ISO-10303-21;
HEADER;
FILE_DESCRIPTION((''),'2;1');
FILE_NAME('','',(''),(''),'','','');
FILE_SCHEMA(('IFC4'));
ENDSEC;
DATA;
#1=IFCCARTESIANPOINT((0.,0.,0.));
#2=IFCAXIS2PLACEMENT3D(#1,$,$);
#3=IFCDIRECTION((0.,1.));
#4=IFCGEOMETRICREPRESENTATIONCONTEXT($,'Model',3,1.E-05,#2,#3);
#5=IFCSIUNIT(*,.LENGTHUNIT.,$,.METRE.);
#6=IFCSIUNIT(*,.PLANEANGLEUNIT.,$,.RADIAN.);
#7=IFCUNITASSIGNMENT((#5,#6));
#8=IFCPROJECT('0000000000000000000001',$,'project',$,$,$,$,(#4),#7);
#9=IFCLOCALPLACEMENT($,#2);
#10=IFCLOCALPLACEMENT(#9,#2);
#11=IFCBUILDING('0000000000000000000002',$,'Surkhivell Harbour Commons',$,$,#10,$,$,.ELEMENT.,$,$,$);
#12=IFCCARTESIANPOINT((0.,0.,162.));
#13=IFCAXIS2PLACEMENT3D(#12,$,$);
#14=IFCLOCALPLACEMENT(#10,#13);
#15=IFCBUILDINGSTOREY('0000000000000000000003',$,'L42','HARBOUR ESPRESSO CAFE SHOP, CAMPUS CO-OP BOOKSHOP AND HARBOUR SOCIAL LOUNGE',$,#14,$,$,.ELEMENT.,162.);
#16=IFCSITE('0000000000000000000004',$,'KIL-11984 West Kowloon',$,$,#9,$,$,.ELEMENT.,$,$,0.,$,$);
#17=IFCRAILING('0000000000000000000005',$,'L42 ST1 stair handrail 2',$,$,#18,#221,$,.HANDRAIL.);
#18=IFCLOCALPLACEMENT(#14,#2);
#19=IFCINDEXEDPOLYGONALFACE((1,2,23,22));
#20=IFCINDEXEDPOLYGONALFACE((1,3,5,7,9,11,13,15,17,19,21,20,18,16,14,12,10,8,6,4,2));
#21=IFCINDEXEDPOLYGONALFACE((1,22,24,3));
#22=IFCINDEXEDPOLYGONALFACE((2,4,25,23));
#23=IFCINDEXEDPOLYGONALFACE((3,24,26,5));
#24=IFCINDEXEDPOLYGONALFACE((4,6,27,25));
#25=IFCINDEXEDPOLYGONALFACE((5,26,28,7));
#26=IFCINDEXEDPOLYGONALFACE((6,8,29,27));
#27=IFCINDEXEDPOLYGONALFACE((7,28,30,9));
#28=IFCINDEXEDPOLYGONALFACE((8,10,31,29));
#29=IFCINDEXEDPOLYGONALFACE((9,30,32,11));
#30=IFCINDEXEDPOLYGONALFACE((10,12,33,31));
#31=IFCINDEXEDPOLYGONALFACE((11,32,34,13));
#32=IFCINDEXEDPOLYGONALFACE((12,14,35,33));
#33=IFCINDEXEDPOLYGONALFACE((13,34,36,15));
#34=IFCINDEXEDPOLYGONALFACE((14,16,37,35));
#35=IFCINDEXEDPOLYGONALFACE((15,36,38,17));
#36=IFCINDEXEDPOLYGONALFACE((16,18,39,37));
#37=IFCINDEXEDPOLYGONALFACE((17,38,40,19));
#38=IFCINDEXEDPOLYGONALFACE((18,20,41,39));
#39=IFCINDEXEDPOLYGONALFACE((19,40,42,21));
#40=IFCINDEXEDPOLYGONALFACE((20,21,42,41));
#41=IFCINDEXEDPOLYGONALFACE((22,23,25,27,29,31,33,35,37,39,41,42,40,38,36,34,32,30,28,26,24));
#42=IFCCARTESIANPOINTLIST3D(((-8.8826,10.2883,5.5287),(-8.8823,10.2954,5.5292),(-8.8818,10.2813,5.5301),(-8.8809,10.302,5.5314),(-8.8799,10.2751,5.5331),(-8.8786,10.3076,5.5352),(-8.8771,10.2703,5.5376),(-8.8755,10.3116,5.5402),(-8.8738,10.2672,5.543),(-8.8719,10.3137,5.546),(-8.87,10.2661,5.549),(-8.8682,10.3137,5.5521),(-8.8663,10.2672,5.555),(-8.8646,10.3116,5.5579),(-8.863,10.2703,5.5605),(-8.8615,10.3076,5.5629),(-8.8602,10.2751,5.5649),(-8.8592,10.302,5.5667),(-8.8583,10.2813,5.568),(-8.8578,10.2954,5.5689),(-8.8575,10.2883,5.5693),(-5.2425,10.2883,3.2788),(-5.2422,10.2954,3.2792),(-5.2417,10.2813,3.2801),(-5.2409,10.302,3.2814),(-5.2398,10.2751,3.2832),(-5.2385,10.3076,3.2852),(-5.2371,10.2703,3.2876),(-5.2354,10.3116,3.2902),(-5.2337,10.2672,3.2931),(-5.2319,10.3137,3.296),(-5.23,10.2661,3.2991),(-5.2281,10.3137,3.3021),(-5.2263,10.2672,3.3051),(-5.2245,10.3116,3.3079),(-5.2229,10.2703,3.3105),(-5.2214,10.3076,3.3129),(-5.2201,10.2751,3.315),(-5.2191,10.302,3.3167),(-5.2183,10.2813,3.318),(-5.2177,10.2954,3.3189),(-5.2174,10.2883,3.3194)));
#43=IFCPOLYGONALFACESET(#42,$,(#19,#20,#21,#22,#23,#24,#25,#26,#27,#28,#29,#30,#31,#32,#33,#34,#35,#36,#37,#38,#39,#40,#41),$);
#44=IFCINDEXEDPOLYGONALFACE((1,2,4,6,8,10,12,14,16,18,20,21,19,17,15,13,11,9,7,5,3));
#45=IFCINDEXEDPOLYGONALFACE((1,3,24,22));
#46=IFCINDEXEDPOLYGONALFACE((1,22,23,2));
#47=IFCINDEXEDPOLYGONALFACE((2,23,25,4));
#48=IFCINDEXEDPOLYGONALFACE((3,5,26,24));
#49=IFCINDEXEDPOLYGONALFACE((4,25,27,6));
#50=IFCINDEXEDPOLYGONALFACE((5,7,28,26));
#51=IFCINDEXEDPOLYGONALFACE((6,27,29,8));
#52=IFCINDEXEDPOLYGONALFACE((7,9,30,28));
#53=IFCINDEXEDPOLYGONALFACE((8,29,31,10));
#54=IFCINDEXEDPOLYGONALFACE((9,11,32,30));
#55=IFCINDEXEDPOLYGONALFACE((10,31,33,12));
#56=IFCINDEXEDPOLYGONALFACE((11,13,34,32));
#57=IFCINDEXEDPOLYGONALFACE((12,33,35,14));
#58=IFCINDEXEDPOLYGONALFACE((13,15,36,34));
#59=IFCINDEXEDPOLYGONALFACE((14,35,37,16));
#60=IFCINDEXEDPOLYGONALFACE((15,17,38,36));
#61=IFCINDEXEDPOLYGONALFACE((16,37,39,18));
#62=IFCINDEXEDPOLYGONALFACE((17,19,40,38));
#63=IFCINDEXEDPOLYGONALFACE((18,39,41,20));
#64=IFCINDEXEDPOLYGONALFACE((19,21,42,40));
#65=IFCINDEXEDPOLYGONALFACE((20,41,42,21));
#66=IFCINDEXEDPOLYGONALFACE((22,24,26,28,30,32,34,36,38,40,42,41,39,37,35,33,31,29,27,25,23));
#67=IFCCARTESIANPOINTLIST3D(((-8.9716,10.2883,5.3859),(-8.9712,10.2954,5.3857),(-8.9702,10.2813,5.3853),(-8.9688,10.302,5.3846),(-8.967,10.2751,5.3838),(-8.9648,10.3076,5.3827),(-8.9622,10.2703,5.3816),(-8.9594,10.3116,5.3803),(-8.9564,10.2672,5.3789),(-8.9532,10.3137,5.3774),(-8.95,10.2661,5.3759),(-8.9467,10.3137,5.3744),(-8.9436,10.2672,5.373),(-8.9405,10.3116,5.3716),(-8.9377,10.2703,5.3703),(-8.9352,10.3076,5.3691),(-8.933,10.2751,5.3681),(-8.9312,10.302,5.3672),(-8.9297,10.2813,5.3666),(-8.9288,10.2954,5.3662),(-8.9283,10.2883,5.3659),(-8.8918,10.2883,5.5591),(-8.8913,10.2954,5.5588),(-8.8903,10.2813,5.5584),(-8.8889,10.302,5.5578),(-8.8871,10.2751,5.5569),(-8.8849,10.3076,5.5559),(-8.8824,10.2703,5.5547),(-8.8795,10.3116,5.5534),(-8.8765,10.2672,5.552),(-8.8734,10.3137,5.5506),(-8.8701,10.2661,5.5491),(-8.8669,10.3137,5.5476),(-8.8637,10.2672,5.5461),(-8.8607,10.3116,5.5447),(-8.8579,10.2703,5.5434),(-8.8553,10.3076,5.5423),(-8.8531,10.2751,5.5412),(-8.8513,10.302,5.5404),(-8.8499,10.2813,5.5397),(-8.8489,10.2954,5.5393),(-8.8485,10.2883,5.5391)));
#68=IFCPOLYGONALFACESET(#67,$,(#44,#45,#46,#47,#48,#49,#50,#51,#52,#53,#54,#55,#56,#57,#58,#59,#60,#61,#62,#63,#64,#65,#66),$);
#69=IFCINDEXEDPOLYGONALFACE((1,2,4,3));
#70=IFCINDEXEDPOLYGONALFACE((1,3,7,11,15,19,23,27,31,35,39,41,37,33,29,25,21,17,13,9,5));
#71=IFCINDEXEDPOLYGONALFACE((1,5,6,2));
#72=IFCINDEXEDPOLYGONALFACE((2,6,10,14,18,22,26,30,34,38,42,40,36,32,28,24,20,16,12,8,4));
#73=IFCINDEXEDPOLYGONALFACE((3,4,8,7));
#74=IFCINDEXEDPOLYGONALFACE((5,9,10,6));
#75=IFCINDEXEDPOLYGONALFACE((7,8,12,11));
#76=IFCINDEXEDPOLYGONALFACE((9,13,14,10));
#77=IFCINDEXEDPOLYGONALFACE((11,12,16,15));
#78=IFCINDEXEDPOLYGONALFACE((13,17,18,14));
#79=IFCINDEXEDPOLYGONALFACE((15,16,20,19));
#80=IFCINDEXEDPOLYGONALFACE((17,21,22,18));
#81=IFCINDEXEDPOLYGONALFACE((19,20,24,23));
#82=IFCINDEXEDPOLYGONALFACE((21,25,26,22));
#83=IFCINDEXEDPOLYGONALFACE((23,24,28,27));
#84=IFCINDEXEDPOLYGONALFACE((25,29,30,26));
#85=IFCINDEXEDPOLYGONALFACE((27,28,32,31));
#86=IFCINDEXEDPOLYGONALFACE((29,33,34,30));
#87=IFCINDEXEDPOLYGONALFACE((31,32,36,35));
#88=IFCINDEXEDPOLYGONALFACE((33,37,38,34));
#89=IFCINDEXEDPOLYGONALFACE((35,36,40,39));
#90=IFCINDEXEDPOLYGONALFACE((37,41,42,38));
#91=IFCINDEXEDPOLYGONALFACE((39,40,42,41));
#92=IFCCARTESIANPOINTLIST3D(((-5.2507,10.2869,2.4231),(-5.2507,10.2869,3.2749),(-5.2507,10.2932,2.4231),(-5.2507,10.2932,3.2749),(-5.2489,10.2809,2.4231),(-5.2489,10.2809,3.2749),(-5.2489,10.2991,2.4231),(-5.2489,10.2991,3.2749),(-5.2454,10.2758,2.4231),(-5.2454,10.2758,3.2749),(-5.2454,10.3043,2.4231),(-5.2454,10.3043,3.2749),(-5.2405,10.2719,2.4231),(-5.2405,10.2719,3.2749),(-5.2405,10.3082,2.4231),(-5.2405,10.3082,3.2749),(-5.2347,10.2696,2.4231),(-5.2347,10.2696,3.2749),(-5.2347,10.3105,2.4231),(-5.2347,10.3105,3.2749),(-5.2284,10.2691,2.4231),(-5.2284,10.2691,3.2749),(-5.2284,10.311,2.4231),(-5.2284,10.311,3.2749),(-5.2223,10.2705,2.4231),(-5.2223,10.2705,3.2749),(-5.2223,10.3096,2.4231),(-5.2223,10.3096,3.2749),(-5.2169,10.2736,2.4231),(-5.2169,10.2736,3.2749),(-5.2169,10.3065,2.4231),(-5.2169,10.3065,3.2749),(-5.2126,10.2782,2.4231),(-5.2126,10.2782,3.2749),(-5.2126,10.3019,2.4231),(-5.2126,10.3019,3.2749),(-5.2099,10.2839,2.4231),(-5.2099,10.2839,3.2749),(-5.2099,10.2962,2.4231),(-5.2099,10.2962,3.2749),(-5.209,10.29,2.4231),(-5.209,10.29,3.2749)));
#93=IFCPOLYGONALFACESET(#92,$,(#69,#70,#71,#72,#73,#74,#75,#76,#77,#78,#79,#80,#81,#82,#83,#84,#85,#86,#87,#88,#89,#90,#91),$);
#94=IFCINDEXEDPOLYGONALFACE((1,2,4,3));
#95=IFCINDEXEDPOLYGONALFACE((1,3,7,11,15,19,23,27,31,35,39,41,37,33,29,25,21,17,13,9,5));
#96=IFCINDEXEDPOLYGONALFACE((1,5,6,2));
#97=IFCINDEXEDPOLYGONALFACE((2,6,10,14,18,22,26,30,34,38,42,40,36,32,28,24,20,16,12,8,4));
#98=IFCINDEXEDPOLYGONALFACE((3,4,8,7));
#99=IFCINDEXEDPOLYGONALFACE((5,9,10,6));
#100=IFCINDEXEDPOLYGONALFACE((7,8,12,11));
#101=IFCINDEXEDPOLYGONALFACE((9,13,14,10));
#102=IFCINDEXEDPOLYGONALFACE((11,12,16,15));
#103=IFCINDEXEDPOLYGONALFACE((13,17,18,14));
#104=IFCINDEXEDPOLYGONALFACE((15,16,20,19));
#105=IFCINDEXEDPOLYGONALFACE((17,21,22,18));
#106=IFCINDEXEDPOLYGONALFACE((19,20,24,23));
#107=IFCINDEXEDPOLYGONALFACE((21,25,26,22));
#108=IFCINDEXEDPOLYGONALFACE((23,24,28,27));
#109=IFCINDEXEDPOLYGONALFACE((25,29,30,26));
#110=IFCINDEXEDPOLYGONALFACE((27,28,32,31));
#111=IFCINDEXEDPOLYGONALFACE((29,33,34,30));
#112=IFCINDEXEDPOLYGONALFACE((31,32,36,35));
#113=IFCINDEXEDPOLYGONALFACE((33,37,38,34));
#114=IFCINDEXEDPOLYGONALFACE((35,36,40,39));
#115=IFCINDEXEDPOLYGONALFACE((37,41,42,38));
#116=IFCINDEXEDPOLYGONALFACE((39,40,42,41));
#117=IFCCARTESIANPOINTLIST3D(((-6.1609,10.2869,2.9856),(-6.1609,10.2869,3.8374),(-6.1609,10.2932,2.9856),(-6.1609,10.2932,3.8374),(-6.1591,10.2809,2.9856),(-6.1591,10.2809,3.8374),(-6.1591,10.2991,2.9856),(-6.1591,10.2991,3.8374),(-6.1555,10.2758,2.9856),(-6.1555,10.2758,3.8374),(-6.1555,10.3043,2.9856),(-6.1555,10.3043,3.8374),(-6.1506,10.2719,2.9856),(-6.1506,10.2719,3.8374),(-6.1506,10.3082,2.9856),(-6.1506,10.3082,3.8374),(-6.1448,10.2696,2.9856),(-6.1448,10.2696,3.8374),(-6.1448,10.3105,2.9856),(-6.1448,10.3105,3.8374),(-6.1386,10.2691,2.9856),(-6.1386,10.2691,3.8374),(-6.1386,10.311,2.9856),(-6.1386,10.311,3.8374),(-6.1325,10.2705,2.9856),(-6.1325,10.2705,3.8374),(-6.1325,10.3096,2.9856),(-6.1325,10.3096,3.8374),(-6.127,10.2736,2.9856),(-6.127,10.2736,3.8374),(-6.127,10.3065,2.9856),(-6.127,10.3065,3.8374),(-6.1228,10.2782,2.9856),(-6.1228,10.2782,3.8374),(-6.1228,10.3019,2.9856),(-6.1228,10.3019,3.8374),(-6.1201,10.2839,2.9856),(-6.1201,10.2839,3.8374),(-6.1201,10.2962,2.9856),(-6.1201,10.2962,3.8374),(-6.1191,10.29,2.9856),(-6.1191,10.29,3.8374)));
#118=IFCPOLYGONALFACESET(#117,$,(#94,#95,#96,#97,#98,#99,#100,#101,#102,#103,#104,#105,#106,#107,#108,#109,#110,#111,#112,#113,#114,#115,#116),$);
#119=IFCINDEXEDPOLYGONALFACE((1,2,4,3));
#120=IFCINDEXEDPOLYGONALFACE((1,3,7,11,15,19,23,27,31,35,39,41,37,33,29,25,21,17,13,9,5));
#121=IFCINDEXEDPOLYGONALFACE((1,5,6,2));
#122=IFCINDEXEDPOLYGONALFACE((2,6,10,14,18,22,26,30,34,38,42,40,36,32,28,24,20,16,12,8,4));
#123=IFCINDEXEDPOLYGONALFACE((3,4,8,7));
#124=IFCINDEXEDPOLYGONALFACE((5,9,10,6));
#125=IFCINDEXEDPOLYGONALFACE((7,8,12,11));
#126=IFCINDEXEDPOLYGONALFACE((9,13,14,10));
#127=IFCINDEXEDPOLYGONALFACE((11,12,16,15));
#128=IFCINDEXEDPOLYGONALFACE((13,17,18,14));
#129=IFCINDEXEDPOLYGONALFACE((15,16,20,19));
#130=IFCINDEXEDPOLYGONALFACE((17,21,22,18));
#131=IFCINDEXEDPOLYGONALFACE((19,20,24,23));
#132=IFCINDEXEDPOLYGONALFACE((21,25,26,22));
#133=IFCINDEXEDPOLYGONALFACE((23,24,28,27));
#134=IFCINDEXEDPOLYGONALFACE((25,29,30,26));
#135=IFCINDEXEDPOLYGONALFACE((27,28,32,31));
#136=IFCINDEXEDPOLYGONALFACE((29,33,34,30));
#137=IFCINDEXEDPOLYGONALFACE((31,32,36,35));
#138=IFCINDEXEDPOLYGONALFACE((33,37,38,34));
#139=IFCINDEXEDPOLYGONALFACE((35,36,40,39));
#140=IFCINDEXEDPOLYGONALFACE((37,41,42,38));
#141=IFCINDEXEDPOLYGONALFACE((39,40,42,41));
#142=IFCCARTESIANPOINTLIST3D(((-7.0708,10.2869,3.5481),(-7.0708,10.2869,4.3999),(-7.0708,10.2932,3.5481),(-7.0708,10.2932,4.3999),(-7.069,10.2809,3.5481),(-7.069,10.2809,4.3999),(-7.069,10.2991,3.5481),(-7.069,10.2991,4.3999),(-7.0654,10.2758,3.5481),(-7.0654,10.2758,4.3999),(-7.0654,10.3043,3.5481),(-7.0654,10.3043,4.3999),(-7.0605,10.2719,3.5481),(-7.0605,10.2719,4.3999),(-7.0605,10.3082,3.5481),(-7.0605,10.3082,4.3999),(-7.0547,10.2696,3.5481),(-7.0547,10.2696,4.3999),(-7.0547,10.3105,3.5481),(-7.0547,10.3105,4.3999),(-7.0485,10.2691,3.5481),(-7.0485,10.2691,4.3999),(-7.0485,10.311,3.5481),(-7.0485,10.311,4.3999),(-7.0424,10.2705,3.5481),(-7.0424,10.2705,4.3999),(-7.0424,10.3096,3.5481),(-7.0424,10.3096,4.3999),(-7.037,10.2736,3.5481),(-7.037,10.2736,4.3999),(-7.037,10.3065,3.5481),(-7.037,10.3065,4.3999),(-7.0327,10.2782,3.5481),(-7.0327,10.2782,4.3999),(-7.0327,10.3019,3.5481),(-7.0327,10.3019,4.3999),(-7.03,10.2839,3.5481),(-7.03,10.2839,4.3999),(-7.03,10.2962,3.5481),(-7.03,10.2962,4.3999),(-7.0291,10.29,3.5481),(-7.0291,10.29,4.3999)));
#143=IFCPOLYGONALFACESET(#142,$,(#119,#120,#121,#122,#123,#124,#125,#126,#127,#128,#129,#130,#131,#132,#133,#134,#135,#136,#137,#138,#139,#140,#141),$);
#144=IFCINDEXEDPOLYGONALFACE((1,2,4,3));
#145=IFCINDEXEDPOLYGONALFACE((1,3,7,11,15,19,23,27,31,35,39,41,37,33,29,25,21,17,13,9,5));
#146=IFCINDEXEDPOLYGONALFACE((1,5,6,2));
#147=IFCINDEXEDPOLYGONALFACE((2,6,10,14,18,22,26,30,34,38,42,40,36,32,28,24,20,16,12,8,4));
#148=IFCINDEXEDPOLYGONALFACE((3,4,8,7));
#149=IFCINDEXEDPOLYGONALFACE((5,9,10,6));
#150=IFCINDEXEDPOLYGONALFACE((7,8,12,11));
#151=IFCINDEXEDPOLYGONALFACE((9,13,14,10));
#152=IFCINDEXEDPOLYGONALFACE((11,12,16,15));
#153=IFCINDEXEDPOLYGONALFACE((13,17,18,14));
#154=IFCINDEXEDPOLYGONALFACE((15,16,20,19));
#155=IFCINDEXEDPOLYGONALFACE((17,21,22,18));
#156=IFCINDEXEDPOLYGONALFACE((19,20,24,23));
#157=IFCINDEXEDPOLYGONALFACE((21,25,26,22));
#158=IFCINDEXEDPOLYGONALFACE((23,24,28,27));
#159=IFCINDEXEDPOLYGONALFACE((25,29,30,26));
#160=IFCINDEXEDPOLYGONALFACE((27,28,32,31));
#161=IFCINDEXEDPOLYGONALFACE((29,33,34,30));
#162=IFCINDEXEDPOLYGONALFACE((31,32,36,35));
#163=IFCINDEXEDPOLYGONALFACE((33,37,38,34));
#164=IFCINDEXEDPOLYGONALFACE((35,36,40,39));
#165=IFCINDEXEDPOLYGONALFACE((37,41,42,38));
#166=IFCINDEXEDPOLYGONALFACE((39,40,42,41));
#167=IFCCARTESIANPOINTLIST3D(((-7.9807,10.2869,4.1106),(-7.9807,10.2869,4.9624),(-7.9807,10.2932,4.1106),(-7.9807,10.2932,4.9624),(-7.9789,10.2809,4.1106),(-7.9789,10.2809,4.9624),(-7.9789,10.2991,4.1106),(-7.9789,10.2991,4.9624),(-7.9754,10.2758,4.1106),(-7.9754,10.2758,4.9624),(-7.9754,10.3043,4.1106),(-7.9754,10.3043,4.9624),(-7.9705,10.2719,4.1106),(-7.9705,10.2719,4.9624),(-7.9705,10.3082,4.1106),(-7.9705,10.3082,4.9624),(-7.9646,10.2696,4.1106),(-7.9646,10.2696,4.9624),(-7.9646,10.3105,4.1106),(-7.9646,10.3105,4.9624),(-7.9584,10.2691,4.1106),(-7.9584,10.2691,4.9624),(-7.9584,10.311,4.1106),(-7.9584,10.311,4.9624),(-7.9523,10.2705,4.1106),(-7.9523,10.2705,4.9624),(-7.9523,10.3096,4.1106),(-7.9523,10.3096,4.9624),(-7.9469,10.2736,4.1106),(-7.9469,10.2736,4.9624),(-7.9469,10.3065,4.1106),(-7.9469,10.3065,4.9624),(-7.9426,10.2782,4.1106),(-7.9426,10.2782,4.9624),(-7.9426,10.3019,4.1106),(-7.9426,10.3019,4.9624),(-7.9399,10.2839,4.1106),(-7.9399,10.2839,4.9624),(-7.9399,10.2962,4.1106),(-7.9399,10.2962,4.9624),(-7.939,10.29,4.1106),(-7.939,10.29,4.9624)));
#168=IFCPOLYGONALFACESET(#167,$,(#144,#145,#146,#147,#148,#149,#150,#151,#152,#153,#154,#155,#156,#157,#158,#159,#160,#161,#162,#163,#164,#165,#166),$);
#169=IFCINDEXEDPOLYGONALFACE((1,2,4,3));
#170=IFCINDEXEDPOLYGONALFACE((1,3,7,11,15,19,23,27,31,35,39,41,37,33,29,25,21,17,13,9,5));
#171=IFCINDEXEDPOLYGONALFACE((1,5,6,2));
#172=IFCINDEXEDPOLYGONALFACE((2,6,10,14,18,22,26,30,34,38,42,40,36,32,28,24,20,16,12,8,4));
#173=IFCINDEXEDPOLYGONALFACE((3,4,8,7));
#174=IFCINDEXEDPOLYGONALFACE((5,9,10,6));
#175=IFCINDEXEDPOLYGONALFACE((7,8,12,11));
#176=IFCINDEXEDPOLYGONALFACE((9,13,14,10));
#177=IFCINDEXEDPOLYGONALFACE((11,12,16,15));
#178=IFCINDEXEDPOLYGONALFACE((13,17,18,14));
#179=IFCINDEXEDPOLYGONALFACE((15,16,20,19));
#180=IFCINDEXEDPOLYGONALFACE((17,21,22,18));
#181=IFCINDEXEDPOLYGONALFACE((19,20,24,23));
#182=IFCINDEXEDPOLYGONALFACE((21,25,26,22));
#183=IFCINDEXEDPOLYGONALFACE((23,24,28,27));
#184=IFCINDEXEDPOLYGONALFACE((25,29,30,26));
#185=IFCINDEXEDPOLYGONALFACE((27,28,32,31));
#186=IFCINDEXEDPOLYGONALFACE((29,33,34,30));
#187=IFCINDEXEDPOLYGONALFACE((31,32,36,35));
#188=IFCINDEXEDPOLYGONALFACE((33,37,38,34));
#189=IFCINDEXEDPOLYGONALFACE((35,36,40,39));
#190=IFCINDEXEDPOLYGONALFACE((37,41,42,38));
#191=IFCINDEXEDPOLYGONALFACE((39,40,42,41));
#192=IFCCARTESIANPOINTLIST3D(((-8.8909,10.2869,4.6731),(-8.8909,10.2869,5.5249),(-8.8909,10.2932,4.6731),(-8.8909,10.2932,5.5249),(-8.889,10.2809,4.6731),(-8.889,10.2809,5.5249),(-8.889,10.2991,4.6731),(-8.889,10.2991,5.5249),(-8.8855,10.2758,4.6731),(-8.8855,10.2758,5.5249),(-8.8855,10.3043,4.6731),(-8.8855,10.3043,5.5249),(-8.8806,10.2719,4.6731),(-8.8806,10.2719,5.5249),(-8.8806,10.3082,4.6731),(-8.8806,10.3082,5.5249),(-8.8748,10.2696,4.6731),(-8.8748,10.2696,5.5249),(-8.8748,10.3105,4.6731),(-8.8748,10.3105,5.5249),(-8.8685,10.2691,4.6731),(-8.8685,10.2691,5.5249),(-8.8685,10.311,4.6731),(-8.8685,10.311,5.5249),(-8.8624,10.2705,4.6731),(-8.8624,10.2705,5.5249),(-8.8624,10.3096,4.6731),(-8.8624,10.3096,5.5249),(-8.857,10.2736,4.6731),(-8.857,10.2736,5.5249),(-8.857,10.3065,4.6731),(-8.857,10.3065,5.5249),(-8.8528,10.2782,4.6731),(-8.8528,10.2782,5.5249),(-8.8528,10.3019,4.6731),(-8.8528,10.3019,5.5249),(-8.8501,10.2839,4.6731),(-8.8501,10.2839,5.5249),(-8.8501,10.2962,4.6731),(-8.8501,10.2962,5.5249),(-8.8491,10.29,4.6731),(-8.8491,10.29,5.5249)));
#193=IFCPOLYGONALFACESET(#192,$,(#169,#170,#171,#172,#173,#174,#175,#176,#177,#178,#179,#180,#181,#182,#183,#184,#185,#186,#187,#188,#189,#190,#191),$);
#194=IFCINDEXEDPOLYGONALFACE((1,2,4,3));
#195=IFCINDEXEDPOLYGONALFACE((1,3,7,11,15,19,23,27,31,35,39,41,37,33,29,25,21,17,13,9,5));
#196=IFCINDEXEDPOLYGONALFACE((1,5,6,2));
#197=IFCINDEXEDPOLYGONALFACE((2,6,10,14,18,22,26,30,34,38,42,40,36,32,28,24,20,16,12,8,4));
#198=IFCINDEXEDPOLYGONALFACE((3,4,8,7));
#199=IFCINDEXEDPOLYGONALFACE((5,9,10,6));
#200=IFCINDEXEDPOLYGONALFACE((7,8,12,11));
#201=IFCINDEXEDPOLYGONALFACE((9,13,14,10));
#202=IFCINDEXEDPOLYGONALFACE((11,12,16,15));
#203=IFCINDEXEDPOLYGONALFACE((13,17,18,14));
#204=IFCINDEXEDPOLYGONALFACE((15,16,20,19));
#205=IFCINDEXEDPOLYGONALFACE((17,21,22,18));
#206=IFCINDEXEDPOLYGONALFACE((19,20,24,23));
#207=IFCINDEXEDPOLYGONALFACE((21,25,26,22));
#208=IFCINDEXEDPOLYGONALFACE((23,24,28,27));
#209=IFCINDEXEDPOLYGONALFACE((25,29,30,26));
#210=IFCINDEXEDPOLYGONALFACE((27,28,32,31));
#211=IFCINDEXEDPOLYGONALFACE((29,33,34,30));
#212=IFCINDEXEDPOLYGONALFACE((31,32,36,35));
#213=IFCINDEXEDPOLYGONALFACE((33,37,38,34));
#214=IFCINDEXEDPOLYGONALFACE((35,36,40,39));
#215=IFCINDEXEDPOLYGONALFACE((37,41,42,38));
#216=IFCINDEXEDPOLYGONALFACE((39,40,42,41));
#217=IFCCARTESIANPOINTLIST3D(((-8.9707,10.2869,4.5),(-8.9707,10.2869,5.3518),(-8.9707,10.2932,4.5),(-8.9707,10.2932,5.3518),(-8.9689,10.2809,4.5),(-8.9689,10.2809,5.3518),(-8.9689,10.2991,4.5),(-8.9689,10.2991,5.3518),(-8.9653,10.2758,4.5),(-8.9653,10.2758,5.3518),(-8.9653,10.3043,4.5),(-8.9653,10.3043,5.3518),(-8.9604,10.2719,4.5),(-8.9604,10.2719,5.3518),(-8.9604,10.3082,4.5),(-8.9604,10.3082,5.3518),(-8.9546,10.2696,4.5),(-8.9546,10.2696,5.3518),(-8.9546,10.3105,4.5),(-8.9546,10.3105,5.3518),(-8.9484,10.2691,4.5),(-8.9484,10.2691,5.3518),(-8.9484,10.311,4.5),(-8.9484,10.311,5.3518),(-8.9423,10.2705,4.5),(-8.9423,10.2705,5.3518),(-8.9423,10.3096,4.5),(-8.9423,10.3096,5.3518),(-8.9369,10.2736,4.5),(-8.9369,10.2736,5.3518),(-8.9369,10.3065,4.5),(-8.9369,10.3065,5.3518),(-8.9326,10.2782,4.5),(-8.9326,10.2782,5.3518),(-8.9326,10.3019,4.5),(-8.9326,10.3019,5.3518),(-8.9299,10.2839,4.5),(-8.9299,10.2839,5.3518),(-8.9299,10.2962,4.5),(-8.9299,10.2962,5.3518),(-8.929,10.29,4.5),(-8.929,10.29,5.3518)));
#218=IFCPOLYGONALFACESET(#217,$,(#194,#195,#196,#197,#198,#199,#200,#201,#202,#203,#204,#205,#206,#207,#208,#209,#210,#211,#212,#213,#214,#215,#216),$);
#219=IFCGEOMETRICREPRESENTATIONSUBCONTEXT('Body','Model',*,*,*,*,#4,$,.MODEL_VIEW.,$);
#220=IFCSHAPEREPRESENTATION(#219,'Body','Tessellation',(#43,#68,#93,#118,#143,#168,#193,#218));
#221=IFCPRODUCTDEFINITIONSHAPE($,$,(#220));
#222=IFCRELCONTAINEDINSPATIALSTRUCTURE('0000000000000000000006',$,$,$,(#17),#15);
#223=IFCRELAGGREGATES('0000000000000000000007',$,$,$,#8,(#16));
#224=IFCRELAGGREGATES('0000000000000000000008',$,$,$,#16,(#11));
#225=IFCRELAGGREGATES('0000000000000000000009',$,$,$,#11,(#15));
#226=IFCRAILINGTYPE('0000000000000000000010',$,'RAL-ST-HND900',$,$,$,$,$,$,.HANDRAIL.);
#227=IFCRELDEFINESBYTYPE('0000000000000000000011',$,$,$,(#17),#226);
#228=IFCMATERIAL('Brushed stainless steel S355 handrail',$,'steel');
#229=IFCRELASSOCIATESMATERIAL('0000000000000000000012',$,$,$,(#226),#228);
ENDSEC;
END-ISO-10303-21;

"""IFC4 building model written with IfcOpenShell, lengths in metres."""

from ifc_helpers import new_model, si_unit, direction, frame, origin, origin_2d, place, context, subcontext, project, spatial, circle, extrude, material, type_object, element, save


model = new_model("IFC4")

# Units and contexts
model_context = context("Model", 3, precision=1e-05, world=origin(), true_north=direction((0.0, 1.0)))
body_context = subcontext(model_context, "Body", "Model", "MODEL_VIEW")
ifc_project = project(units=[si_unit("LENGTHUNIT", "METRE"), si_unit("PLANEANGLEUNIT", "RADIAN")], contexts=[model_context])

# Site, building, storey
site_placement = place(None, origin())
site = spatial("IfcSite", under=ifc_project, at=site_placement, Name="KIL-11984 West Kowloon", CompositionType="ELEMENT", RefElevation=0.0)
building_placement = place(site_placement, origin())
building = spatial("IfcBuilding", under=site, at=building_placement, Name="Surkhivell Harbour Commons", CompositionType="ELEMENT")
storey_placement = place(building_placement, frame((0.0, 0.0, 162.0)))
storey = spatial("IfcBuildingStorey", under=building, at=storey_placement, Name="L42", Description="HARBOUR ESPRESSO CAFE SHOP, CAMPUS CO-OP BOOKSHOP AND HARBOUR SOCIAL LOUNGE", CompositionType="ELEMENT", Elevation=162.0)

# Railing
ifc_material_1 = material(Name="Brushed stainless steel S355 handrail", Category="steel")
railing_type_1 = type_object("IfcRailingType", Name="RAL-ST-HND900", PredefinedType="HANDRAIL", material=ifc_material_1)
railing_1_placement = place(storey_placement, frame((-5.23, 10.29, 2.4231)))
element("IfcRailing", 1, at=railing_1_placement, inside=storey, type_object=railing_type_1, Name="L42 ST1 stair handrail 2", PredefinedType="HANDRAIL", context=body_context, shape_type="SweptSolid", body=[
    extrude(circle(Radius=0.0239, at=origin_2d()), frame((0.0, 0.0, 0.876), z_axis=(-0.850622, 0.0, 0.525777), x_axis=(0.0, -1.0, 0.0)), (0.0, 0.0, 1.0), 4.2793),
    extrude(circle(Radius=0.0239, at=origin_2d()), frame((-3.6401, 0.0, 3.126), z_axis=(-0.418815, 0.0, -0.908072), x_axis=(0.0, -1.0, 0.0)), (0.0, 0.0, 1.0), 0.1907),
    extrude(circle(Radius=0.021, at=origin_2d()), origin(), (0.0, 0.0, 1.0), 0.8518),
    extrude(circle(Radius=0.021, at=origin_2d()), frame((-0.9102, 0.0, 0.5625)), (0.0, 0.0, 1.0), 0.8518),
    extrude(circle(Radius=0.021, at=origin_2d()), frame((-1.8201, 0.0, 1.125)), (0.0, 0.0, 1.0), 0.8518),
    extrude(circle(Radius=0.021, at=origin_2d()), frame((-2.73, 0.0, 1.6875)), (0.0, 0.0, 1.0), 0.8518),
    extrude(circle(Radius=0.021, at=origin_2d()), frame((-3.6401, 0.0, 2.25)), (0.0, 0.0, 1.0), 0.8518),
    extrude(circle(Radius=0.021, at=origin_2d()), frame((-3.72, 0.0, 2.0769)), (0.0, 0.0, 1.0), 0.8518),
])

save(model, "model.ifc")
